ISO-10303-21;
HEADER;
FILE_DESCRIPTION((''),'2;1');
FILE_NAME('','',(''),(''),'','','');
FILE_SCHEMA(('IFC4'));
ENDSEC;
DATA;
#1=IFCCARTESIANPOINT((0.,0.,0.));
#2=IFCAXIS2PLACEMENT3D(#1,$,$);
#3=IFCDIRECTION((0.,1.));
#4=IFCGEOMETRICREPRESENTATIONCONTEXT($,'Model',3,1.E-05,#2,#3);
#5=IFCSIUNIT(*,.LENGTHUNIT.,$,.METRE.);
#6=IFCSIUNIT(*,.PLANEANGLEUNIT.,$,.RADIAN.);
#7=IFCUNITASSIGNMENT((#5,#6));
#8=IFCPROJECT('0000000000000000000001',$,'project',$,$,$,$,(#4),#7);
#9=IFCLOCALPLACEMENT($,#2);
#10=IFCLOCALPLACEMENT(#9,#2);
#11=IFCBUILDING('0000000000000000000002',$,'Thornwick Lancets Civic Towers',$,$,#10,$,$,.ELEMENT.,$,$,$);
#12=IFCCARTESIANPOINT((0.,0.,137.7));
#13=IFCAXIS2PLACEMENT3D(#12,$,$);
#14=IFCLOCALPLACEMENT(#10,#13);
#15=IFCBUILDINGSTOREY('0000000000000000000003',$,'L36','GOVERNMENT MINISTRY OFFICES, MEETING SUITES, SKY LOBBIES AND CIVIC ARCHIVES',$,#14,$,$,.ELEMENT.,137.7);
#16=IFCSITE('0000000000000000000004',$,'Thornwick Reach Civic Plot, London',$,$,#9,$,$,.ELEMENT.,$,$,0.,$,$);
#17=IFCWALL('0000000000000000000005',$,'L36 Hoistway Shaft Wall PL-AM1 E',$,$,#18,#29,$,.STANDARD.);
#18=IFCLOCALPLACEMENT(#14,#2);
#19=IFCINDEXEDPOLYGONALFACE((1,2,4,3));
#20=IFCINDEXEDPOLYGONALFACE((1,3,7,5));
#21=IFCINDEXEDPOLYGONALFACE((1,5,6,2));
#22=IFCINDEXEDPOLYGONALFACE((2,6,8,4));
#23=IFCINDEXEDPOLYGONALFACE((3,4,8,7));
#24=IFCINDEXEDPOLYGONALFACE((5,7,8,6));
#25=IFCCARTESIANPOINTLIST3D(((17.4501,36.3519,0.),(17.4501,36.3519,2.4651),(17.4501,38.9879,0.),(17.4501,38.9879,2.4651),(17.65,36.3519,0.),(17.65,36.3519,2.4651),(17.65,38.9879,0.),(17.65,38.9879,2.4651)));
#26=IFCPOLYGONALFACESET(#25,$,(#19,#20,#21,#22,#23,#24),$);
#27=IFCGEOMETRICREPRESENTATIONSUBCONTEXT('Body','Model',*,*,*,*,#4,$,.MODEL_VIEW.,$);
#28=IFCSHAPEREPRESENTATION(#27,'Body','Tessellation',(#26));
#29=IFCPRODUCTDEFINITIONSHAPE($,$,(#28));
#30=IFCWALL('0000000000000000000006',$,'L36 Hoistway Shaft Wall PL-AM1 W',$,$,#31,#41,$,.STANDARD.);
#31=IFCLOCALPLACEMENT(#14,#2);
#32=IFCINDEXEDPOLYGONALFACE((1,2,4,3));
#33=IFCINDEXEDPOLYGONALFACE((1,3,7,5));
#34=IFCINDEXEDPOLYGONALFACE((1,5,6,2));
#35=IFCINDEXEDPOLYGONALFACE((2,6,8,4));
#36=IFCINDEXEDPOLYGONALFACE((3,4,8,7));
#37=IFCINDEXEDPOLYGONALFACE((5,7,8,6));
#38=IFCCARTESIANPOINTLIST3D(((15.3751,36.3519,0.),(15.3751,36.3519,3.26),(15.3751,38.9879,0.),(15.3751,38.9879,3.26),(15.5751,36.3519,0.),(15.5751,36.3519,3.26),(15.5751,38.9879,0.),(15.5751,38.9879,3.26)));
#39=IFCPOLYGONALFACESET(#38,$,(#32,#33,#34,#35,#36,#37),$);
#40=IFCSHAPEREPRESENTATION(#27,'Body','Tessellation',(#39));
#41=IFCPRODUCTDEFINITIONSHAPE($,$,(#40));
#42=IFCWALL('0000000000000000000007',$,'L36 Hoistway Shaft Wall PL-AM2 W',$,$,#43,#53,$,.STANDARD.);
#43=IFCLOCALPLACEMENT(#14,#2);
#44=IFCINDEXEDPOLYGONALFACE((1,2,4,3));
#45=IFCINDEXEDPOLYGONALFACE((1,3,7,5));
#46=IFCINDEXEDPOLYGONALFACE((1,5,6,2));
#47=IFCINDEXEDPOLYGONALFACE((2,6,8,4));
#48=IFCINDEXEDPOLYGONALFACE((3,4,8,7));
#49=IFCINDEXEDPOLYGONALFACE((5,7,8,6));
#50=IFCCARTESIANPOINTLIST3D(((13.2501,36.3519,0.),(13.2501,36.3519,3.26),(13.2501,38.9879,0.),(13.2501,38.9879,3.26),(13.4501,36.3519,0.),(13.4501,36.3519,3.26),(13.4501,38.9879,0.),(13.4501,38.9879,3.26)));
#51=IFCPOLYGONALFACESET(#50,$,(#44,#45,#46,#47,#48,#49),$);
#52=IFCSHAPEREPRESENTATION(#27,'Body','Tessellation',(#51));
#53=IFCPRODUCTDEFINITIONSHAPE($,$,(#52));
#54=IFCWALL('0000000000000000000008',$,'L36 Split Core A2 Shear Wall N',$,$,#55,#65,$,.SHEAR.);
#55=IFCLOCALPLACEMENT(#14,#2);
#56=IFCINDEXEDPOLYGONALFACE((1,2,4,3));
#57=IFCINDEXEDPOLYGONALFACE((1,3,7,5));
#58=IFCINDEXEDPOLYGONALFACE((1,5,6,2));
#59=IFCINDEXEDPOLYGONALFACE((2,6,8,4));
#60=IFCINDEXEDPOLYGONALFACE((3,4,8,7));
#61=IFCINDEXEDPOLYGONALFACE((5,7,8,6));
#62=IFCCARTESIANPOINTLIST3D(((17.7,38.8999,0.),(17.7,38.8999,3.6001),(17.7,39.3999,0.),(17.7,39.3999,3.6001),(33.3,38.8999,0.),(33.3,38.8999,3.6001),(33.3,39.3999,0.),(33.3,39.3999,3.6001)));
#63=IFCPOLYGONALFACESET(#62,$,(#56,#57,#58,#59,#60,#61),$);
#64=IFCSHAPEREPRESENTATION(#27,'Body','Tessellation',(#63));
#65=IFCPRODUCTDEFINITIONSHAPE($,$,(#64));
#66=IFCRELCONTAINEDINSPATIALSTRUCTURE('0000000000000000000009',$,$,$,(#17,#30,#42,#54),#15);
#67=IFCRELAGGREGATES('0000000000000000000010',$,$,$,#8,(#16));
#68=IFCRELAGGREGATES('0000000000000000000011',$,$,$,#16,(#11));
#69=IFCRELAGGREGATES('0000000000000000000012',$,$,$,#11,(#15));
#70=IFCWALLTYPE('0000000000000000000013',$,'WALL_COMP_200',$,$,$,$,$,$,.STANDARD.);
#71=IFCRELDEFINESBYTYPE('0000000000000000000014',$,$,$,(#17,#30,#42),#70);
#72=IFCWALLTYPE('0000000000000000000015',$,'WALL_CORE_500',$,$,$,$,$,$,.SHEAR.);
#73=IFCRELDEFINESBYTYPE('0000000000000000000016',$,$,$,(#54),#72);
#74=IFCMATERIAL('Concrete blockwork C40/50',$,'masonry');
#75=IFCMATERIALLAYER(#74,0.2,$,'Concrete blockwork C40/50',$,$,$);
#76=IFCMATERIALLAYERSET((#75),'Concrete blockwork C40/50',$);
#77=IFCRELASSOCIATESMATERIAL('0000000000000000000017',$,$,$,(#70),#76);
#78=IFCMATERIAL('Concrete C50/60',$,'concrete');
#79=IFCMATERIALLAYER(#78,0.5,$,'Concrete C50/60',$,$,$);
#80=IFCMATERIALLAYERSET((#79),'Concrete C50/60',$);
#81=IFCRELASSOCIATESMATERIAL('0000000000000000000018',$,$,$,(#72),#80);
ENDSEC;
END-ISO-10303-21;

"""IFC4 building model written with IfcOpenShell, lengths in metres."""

from ifc_helpers import new_model, si_unit, direction, frame, frame_2d, origin, place, context, subcontext, project, spatial, rectangle, extrude, material, layer, layer_set, type_object, element, save


model = new_model("IFC4")

# Units and contexts
model_context = context("Model", 3, precision=1e-05, world=origin(), true_north=direction((0.0, 1.0)))
body_context = subcontext(model_context, "Body", "Model", "MODEL_VIEW")
ifc_project = project(units=[si_unit("LENGTHUNIT", "METRE"), si_unit("PLANEANGLEUNIT", "RADIAN")], contexts=[model_context])

# Site, building, storey
site_placement = place(None, origin())
site = spatial("IfcSite", under=ifc_project, at=site_placement, Name="Thornwick Reach Civic Plot, London", CompositionType="ELEMENT", RefElevation=0.0)
building_placement = place(site_placement, origin())
building = spatial("IfcBuilding", under=site, at=building_placement, Name="Thornwick Lancets Civic Towers", CompositionType="ELEMENT")
storey_placement = place(building_placement, frame((0.0, 0.0, 137.7)))
storey = spatial("IfcBuildingStorey", under=building, at=storey_placement, Name="L36", Description="GOVERNMENT MINISTRY OFFICES, MEETING SUITES, SKY LOBBIES AND CIVIC ARCHIVES", CompositionType="ELEMENT", Elevation=137.7)

# Shared definitions
ifc_material_1 = material(Name="Concrete blockwork C40/50", Category="masonry")
ifc_layer_1 = layer(ifc_material_1, 0.2, Name="Concrete blockwork C40/50")
ifc_layer_set_1 = layer_set([ifc_layer_1], Name="Concrete blockwork C40/50")
wall_type_1 = type_object("IfcWallType", Name="WALL_COMP_200", PredefinedType="STANDARD", material=ifc_layer_set_1)

# Walls
wall_1_placement = place(storey_placement, frame((17.55, 36.3521, 0.0), z_axis=(0.0, 0.0, 1.0), x_axis=(0.0, 1.0, 0.0)))
element("IfcWall", 1, at=wall_1_placement, inside=storey, type_object=wall_type_1, Name="L36 Hoistway Shaft Wall PL-AM1 E", PredefinedType="STANDARD", context=body_context, shape_type="SweptSolid", body=[
    extrude(rectangle(XDim=2.636, YDim=0.2, at=frame_2d((1.3179, 0.0))), origin(), (0.0, 0.0, 1.0), 2.4651),
])
for number, where, z_axis, x_axis, name in (
    (2, (15.4751, 36.3521, 0.0), (0.0, 0.0, 1.0), (0.0, 1.0, 0.0), "L36 Hoistway Shaft Wall PL-AM1 W"),
    (3, (13.3501, 36.3521, 0.0), (0.0, 0.0, 1.0), (0.0, 1.0, 0.0), "L36 Hoistway Shaft Wall PL-AM2 W"),
):
    element("IfcWall", number, at=place(storey_placement, frame(where, z_axis=z_axis, x_axis=x_axis)), inside=storey, type_object=wall_type_1, Name=name, PredefinedType="STANDARD", context=body_context, shape_type="SweptSolid", body=[
        extrude(rectangle(XDim=2.636, YDim=0.2, at=frame_2d((1.3179, 0.0))), origin(), (0.0, 0.0, 1.0), 3.26),
    ])
ifc_material_2 = material(Name="Concrete C50/60", Category="concrete")
ifc_layer_2 = layer(ifc_material_2, 0.5, Name="Concrete C50/60")
ifc_layer_set_2 = layer_set([ifc_layer_2], Name="Concrete C50/60")
wall_type_2 = type_object("IfcWallType", Name="WALL_CORE_500", PredefinedType="SHEAR", material=ifc_layer_set_2)
wall_2_placement = place(storey_placement, frame((17.7, 39.1499, 0.0), z_axis=(0.0, 0.0, 1.0), x_axis=(1.0, 0.0, 0.0)))
element("IfcWall", 4, at=wall_2_placement, inside=storey, type_object=wall_type_2, Name="L36 Split Core A2 Shear Wall N", PredefinedType="SHEAR", context=body_context, shape_type="SweptSolid", body=[
    extrude(rectangle(XDim=15.6001, YDim=0.5, at=frame_2d((7.8, 0.0))), origin(), (0.0, 0.0, 1.0), 3.6001),
])

save(model, "model.ifc")
